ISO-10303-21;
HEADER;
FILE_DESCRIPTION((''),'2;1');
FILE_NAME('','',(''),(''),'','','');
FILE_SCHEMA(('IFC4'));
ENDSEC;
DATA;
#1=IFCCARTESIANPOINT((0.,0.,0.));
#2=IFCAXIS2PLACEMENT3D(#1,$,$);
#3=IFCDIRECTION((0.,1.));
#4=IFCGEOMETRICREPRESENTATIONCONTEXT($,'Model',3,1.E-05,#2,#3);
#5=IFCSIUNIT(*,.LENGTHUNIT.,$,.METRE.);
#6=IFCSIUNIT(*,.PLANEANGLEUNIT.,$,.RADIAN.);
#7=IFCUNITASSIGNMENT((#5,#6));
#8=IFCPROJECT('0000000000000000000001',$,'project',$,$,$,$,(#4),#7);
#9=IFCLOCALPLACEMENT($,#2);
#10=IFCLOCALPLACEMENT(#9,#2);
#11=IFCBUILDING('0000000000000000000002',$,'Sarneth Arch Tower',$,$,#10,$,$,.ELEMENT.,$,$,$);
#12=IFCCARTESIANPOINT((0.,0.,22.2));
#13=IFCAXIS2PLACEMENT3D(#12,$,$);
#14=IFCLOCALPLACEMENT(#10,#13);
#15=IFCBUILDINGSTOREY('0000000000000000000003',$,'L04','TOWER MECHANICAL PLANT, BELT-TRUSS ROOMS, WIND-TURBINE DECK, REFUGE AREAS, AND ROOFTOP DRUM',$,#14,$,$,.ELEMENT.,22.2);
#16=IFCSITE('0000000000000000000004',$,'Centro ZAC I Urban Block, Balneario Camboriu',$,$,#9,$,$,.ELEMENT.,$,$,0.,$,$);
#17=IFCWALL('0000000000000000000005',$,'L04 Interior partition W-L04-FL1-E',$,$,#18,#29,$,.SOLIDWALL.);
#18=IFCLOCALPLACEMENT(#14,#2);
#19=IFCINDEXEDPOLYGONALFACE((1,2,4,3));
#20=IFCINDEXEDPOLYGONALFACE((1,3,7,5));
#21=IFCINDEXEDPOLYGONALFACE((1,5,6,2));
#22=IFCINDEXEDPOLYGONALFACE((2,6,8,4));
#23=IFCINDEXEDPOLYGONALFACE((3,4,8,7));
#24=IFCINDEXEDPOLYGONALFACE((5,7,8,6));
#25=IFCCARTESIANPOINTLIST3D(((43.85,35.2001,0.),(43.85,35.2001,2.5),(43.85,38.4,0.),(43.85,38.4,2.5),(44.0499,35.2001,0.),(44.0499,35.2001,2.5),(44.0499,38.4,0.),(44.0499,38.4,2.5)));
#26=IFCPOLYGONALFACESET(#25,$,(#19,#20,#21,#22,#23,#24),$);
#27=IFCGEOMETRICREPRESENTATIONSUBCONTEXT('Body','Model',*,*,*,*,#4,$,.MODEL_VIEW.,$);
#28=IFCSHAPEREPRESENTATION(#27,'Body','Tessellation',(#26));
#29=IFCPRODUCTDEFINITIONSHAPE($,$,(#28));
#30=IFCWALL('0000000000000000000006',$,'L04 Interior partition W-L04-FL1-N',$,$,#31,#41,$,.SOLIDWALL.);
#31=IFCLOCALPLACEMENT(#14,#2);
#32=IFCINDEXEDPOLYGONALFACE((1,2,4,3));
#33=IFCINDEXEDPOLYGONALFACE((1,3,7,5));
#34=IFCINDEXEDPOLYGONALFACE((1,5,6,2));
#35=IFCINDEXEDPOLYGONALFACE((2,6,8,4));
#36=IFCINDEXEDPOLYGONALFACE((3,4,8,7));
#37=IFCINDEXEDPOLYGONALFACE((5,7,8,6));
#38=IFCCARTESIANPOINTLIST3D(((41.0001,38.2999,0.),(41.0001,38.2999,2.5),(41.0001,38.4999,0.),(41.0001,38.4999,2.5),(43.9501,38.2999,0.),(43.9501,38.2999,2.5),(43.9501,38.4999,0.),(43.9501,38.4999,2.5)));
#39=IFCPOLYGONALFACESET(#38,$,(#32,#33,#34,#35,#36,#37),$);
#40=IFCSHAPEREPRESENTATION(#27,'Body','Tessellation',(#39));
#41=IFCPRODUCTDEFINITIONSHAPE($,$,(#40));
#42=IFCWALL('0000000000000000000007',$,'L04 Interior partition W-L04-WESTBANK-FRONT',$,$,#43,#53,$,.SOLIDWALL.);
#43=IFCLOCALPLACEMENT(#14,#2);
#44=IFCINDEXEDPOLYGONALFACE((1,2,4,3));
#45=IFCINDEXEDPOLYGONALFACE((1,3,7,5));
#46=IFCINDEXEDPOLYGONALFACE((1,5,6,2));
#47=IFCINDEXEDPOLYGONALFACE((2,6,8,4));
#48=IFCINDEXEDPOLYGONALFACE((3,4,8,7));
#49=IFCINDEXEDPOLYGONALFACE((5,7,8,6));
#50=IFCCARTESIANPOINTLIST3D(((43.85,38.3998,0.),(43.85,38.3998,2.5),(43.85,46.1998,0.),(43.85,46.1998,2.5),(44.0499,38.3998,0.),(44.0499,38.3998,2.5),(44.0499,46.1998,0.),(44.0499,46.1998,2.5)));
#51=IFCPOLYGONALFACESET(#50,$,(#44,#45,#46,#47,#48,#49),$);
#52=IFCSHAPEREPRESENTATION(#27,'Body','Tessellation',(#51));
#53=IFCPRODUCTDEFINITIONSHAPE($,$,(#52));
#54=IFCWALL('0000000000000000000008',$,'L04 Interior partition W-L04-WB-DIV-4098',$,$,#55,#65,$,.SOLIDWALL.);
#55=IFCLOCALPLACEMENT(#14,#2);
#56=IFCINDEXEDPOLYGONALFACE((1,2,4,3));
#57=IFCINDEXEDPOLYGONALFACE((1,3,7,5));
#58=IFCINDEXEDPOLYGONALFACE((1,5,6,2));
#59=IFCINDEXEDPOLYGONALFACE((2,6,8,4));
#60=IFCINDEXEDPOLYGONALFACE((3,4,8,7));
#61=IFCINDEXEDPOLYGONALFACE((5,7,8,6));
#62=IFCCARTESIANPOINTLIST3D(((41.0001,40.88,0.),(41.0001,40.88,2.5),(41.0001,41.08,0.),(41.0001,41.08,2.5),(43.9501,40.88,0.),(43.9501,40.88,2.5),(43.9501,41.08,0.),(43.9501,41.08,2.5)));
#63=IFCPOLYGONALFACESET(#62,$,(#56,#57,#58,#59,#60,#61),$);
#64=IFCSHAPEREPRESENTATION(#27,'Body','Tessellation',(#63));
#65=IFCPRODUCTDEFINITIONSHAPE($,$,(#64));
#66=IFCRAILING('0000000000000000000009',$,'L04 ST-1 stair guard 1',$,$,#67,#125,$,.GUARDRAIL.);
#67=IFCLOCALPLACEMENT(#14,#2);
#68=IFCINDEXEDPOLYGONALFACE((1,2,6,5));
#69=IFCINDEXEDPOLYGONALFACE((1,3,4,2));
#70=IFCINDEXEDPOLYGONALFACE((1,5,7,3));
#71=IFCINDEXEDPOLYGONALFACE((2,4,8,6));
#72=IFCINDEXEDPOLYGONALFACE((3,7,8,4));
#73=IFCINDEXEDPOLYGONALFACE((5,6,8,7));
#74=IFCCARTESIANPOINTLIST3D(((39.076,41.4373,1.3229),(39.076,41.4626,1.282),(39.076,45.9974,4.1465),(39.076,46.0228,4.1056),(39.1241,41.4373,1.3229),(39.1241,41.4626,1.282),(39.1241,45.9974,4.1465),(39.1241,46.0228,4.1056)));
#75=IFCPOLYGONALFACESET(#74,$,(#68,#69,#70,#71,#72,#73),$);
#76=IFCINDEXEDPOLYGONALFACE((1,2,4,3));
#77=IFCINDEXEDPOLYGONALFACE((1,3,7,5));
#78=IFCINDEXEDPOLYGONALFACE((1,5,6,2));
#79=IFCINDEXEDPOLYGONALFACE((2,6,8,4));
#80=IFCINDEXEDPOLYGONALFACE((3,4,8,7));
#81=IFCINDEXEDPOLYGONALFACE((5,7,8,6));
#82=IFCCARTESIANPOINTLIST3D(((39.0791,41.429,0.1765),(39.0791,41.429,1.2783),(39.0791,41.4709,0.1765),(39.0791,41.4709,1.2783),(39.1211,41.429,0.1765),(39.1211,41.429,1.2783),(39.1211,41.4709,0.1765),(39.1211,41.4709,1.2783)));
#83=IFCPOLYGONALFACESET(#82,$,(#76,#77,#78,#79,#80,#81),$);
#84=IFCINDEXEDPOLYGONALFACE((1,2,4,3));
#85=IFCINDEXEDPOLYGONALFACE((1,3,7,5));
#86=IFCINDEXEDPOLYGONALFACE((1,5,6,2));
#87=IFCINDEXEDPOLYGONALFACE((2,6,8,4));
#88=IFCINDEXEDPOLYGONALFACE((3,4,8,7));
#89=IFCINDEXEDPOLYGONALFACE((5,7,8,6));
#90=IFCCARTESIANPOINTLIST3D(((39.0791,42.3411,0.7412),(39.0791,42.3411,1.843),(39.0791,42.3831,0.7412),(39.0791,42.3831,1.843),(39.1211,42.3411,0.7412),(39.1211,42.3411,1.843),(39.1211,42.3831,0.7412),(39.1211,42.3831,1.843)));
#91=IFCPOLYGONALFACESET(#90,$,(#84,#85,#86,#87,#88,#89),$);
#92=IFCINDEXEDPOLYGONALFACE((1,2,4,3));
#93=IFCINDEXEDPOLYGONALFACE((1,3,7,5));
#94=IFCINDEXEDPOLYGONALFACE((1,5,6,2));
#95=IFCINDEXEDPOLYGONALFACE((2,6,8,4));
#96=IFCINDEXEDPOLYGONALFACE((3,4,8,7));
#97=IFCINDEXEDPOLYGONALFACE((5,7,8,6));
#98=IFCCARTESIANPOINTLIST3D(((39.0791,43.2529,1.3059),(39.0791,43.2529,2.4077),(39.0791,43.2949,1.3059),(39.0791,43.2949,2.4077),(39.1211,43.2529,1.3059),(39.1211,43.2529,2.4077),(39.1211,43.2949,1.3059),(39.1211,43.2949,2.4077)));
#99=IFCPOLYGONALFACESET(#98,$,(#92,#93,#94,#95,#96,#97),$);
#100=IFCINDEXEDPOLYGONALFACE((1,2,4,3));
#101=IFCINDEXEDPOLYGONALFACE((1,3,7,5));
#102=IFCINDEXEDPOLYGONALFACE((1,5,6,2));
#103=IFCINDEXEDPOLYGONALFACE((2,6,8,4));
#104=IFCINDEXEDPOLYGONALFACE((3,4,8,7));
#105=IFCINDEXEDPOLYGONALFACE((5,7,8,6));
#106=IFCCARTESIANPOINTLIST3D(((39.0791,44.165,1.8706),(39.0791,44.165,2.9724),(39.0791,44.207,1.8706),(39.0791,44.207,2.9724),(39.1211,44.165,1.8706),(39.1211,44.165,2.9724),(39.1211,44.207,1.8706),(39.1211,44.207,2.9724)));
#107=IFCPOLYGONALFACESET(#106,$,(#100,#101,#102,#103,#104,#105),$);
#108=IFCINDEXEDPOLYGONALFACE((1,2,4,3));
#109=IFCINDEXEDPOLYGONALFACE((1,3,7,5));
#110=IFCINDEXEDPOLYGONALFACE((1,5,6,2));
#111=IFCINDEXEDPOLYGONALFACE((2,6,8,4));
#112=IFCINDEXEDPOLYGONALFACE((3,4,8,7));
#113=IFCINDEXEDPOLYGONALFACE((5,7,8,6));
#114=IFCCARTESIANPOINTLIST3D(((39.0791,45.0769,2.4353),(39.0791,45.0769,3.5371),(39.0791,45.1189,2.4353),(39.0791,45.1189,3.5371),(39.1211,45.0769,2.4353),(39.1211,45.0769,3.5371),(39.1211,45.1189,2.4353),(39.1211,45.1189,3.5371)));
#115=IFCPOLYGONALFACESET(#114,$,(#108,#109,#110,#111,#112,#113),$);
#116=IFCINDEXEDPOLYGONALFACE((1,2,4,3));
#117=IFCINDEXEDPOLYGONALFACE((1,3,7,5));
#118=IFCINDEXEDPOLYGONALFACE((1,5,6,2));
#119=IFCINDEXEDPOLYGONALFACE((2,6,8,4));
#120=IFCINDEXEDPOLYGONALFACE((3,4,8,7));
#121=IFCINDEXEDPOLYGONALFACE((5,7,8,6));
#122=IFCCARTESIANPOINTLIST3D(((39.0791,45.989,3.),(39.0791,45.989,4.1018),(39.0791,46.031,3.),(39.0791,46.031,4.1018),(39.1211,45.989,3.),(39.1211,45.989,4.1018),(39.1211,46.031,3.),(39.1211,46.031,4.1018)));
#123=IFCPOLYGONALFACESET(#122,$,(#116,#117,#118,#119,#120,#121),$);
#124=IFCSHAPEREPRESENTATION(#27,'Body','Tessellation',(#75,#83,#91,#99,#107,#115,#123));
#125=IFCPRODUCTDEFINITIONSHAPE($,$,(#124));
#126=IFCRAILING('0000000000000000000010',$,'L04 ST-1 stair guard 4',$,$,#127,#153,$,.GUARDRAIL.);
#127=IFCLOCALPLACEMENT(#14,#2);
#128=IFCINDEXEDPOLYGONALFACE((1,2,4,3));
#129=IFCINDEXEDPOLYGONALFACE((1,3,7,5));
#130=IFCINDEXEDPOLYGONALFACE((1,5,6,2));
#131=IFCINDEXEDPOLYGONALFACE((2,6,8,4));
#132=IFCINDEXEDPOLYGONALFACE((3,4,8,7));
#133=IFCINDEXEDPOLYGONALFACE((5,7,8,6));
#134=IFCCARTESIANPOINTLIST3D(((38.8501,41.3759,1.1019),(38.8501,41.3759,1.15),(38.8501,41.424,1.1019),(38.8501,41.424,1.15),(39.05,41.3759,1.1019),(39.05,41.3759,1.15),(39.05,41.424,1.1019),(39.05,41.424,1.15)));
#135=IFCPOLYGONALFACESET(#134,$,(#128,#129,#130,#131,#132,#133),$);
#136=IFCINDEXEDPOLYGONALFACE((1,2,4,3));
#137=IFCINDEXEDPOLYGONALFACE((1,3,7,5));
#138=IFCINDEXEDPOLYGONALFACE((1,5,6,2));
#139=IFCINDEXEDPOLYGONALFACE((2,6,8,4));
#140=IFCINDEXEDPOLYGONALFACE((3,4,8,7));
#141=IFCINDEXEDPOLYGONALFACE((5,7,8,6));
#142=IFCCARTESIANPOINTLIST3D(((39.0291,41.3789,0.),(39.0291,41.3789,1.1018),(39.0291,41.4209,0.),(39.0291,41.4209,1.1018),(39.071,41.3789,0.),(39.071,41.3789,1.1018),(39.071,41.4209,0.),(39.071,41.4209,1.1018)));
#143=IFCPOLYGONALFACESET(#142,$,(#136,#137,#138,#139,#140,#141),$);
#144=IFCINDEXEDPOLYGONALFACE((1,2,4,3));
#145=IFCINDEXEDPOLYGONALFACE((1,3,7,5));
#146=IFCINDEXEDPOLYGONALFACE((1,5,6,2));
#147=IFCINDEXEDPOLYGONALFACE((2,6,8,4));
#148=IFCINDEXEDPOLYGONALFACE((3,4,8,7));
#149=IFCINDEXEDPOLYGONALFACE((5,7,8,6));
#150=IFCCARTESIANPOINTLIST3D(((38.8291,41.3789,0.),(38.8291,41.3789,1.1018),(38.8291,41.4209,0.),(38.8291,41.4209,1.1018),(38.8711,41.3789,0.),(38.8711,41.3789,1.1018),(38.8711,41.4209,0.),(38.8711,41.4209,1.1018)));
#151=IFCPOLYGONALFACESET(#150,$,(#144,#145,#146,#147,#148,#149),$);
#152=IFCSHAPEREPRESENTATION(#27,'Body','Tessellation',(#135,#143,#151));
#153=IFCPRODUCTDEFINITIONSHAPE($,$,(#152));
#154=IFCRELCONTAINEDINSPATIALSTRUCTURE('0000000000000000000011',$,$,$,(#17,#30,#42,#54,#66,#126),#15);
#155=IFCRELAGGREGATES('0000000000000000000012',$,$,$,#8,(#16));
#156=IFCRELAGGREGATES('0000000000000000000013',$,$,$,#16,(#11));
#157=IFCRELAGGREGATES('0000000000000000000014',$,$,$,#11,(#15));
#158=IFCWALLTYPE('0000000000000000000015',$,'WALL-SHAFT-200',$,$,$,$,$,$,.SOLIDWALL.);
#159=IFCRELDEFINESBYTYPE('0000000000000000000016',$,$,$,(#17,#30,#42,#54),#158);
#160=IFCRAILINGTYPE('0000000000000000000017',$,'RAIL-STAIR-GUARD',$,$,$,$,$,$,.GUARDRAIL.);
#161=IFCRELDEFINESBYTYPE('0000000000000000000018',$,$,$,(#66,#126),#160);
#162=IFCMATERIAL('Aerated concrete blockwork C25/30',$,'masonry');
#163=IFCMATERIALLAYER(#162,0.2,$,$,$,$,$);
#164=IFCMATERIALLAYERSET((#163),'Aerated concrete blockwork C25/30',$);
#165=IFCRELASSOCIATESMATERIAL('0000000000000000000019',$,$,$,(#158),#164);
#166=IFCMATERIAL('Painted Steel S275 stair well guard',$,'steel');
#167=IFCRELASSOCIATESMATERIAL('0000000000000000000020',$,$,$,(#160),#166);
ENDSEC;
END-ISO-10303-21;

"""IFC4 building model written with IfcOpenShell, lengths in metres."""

from ifc_helpers import new_model, si_unit, direction, frame, frame_2d, origin, origin_2d, place, context, subcontext, project, spatial, rectangle, extrude, material, layer, layer_set, type_object, element, save


model = new_model("IFC4")

# Units and contexts
model_context = context("Model", 3, precision=1e-05, world=origin(), true_north=direction((0.0, 1.0)))
body_context = subcontext(model_context, "Body", "Model", "MODEL_VIEW")
ifc_project = project(units=[si_unit("LENGTHUNIT", "METRE"), si_unit("PLANEANGLEUNIT", "RADIAN")], contexts=[model_context])

# Site, building, storey
site_placement = place(None, origin())
site = spatial("IfcSite", under=ifc_project, at=site_placement, Name="Centro ZAC I Urban Block, Balneario Camboriu", CompositionType="ELEMENT", RefElevation=0.0)
building_placement = place(site_placement, origin())
building = spatial("IfcBuilding", under=site, at=building_placement, Name="Sarneth Arch Tower", CompositionType="ELEMENT")
storey_placement = place(building_placement, frame((0.0, 0.0, 22.2)))
storey = spatial("IfcBuildingStorey", under=building, at=storey_placement, Name="L04", Description="TOWER MECHANICAL PLANT, BELT-TRUSS ROOMS, WIND-TURBINE DECK, REFUGE AREAS, AND ROOFTOP DRUM", CompositionType="ELEMENT", Elevation=22.2)

# Shared definitions
ifc_material_1 = material(Name="Aerated concrete blockwork C25/30", Category="masonry")
ifc_layer_1 = layer(ifc_material_1, 0.2)
ifc_layer_set_1 = layer_set([ifc_layer_1], Name="Aerated concrete blockwork C25/30")
wall_type_1 = type_object("IfcWallType", Name="WALL-SHAFT-200", PredefinedType="SOLIDWALL", material=ifc_layer_set_1)

# Walls
wall_1_placement = place(storey_placement, frame((43.95, 35.2, 0.0), z_axis=(0.0, 0.0, 1.0), x_axis=(0.0, 1.0, 0.0)))
element("IfcWall", 1, at=wall_1_placement, inside=storey, type_object=wall_type_1, Name="L04 Interior partition W-L04-FL1-E", PredefinedType="SOLIDWALL", context=body_context, shape_type="SweptSolid", body=[
    extrude(rectangle(XDim=3.2, YDim=0.2, at=frame_2d((1.6001, 0.0))), origin(), (0.0, 0.0, 1.0), 2.5),
])
wall_2_placement = place(storey_placement, frame((41.0, 38.3999, 0.0), z_axis=(0.0, 0.0, 1.0), x_axis=(1.0, 0.0, 0.0)))
element("IfcWall", 2, at=wall_2_placement, inside=storey, type_object=wall_type_1, Name="L04 Interior partition W-L04-FL1-N", PredefinedType="SOLIDWALL", context=body_context, shape_type="SweptSolid", body=[
    extrude(rectangle(XDim=2.95, YDim=0.2, at=frame_2d((1.4751, 0.0))), origin(), (0.0, 0.0, 1.0), 2.5),
])
wall_3_placement = place(storey_placement, frame((43.95, 38.3999, 0.0), z_axis=(0.0, 0.0, 1.0), x_axis=(0.0, 1.0, 0.0)))
element("IfcWall", 3, at=wall_3_placement, inside=storey, type_object=wall_type_1, Name="L04 Interior partition W-L04-WESTBANK-FRONT", PredefinedType="SOLIDWALL", context=body_context, shape_type="SweptSolid", body=[
    extrude(rectangle(XDim=7.8, YDim=0.2, at=frame_2d((3.8999, 0.0))), origin(), (0.0, 0.0, 1.0), 2.5),
])
wall_4_placement = place(storey_placement, frame((41.0, 40.98, 0.0), z_axis=(0.0, 0.0, 1.0), x_axis=(1.0, 0.0, 0.0)))
element("IfcWall", 4, at=wall_4_placement, inside=storey, type_object=wall_type_1, Name="L04 Interior partition W-L04-WB-DIV-4098", PredefinedType="SOLIDWALL", context=body_context, shape_type="SweptSolid", body=[
    extrude(rectangle(XDim=2.95, YDim=0.2, at=frame_2d((1.4751, 0.0))), origin(), (0.0, 0.0, 1.0), 2.5),
])

# Railings
ifc_material_2 = material(Name="Painted Steel S275 stair well guard", Category="steel")
railing_type = type_object("IfcRailingType", Name="RAIL-STAIR-GUARD", PredefinedType="GUARDRAIL", material=ifc_material_2)
railing_1_placement = place(storey_placement, frame((39.1001, 41.45, 0.1765)))
element("IfcRailing", 5, at=railing_1_placement, inside=storey, type_object=railing_type, Name="L04 ST-1 stair guard 1", PredefinedType="GUARDRAIL", context=body_context, shape_type="SweptSolid", body=[
    extrude(rectangle(XDim=0.0481, YDim=0.0481, at=origin_2d()), frame((0.0, 0.0, 1.126), z_axis=(0.0, 0.850216, 0.526435), x_axis=(-1.0, 0.0, 0.0)), (0.0, 0.0, 1.0), 5.3635),
    extrude(rectangle(XDim=0.042, YDim=0.042, at=origin_2d()), origin(), (0.0, 0.0, 1.0), 1.1018),
    extrude(rectangle(XDim=0.042, YDim=0.042, at=origin_2d()), frame((0.0, 0.9121, 0.5647)), (0.0, 0.0, 1.0), 1.1018),
    extrude(rectangle(XDim=0.042, YDim=0.042, at=origin_2d()), frame((0.0, 1.824, 1.1294)), (0.0, 0.0, 1.0), 1.1018),
    extrude(rectangle(XDim=0.042, YDim=0.042, at=origin_2d()), frame((0.0, 2.7361, 1.6941)), (0.0, 0.0, 1.0), 1.1018),
    extrude(rectangle(XDim=0.042, YDim=0.042, at=origin_2d()), frame((0.0, 3.6479, 2.2588)), (0.0, 0.0, 1.0), 1.1018),
    extrude(rectangle(XDim=0.042, YDim=0.042, at=origin_2d()), frame((0.0, 4.5601, 2.8235)), (0.0, 0.0, 1.0), 1.1018),
])
railing_2_placement = place(storey_placement, frame((39.05, 41.3999, 0.0)))
element("IfcRailing", 6, at=railing_2_placement, inside=storey, type_object=railing_type, Name="L04 ST-1 stair guard 4", PredefinedType="GUARDRAIL", context=body_context, shape_type="SweptSolid", body=[
    extrude(rectangle(XDim=0.0481, YDim=0.0481, at=origin_2d()), frame((0.0, 0.0, 1.126), z_axis=(-1.0, 0.0, 0.0), x_axis=(0.0, -1.0, 0.0)), (0.0, 0.0, 1.0), 0.2),
    extrude(rectangle(XDim=0.042, YDim=0.042, at=origin_2d()), origin(), (0.0, 0.0, 1.0), 1.1018),
    extrude(rectangle(XDim=0.042, YDim=0.042, at=origin_2d()), frame((-0.2, 0.0, 0.0)), (0.0, 0.0, 1.0), 1.1018),
])

save(model, "model.ifc")
